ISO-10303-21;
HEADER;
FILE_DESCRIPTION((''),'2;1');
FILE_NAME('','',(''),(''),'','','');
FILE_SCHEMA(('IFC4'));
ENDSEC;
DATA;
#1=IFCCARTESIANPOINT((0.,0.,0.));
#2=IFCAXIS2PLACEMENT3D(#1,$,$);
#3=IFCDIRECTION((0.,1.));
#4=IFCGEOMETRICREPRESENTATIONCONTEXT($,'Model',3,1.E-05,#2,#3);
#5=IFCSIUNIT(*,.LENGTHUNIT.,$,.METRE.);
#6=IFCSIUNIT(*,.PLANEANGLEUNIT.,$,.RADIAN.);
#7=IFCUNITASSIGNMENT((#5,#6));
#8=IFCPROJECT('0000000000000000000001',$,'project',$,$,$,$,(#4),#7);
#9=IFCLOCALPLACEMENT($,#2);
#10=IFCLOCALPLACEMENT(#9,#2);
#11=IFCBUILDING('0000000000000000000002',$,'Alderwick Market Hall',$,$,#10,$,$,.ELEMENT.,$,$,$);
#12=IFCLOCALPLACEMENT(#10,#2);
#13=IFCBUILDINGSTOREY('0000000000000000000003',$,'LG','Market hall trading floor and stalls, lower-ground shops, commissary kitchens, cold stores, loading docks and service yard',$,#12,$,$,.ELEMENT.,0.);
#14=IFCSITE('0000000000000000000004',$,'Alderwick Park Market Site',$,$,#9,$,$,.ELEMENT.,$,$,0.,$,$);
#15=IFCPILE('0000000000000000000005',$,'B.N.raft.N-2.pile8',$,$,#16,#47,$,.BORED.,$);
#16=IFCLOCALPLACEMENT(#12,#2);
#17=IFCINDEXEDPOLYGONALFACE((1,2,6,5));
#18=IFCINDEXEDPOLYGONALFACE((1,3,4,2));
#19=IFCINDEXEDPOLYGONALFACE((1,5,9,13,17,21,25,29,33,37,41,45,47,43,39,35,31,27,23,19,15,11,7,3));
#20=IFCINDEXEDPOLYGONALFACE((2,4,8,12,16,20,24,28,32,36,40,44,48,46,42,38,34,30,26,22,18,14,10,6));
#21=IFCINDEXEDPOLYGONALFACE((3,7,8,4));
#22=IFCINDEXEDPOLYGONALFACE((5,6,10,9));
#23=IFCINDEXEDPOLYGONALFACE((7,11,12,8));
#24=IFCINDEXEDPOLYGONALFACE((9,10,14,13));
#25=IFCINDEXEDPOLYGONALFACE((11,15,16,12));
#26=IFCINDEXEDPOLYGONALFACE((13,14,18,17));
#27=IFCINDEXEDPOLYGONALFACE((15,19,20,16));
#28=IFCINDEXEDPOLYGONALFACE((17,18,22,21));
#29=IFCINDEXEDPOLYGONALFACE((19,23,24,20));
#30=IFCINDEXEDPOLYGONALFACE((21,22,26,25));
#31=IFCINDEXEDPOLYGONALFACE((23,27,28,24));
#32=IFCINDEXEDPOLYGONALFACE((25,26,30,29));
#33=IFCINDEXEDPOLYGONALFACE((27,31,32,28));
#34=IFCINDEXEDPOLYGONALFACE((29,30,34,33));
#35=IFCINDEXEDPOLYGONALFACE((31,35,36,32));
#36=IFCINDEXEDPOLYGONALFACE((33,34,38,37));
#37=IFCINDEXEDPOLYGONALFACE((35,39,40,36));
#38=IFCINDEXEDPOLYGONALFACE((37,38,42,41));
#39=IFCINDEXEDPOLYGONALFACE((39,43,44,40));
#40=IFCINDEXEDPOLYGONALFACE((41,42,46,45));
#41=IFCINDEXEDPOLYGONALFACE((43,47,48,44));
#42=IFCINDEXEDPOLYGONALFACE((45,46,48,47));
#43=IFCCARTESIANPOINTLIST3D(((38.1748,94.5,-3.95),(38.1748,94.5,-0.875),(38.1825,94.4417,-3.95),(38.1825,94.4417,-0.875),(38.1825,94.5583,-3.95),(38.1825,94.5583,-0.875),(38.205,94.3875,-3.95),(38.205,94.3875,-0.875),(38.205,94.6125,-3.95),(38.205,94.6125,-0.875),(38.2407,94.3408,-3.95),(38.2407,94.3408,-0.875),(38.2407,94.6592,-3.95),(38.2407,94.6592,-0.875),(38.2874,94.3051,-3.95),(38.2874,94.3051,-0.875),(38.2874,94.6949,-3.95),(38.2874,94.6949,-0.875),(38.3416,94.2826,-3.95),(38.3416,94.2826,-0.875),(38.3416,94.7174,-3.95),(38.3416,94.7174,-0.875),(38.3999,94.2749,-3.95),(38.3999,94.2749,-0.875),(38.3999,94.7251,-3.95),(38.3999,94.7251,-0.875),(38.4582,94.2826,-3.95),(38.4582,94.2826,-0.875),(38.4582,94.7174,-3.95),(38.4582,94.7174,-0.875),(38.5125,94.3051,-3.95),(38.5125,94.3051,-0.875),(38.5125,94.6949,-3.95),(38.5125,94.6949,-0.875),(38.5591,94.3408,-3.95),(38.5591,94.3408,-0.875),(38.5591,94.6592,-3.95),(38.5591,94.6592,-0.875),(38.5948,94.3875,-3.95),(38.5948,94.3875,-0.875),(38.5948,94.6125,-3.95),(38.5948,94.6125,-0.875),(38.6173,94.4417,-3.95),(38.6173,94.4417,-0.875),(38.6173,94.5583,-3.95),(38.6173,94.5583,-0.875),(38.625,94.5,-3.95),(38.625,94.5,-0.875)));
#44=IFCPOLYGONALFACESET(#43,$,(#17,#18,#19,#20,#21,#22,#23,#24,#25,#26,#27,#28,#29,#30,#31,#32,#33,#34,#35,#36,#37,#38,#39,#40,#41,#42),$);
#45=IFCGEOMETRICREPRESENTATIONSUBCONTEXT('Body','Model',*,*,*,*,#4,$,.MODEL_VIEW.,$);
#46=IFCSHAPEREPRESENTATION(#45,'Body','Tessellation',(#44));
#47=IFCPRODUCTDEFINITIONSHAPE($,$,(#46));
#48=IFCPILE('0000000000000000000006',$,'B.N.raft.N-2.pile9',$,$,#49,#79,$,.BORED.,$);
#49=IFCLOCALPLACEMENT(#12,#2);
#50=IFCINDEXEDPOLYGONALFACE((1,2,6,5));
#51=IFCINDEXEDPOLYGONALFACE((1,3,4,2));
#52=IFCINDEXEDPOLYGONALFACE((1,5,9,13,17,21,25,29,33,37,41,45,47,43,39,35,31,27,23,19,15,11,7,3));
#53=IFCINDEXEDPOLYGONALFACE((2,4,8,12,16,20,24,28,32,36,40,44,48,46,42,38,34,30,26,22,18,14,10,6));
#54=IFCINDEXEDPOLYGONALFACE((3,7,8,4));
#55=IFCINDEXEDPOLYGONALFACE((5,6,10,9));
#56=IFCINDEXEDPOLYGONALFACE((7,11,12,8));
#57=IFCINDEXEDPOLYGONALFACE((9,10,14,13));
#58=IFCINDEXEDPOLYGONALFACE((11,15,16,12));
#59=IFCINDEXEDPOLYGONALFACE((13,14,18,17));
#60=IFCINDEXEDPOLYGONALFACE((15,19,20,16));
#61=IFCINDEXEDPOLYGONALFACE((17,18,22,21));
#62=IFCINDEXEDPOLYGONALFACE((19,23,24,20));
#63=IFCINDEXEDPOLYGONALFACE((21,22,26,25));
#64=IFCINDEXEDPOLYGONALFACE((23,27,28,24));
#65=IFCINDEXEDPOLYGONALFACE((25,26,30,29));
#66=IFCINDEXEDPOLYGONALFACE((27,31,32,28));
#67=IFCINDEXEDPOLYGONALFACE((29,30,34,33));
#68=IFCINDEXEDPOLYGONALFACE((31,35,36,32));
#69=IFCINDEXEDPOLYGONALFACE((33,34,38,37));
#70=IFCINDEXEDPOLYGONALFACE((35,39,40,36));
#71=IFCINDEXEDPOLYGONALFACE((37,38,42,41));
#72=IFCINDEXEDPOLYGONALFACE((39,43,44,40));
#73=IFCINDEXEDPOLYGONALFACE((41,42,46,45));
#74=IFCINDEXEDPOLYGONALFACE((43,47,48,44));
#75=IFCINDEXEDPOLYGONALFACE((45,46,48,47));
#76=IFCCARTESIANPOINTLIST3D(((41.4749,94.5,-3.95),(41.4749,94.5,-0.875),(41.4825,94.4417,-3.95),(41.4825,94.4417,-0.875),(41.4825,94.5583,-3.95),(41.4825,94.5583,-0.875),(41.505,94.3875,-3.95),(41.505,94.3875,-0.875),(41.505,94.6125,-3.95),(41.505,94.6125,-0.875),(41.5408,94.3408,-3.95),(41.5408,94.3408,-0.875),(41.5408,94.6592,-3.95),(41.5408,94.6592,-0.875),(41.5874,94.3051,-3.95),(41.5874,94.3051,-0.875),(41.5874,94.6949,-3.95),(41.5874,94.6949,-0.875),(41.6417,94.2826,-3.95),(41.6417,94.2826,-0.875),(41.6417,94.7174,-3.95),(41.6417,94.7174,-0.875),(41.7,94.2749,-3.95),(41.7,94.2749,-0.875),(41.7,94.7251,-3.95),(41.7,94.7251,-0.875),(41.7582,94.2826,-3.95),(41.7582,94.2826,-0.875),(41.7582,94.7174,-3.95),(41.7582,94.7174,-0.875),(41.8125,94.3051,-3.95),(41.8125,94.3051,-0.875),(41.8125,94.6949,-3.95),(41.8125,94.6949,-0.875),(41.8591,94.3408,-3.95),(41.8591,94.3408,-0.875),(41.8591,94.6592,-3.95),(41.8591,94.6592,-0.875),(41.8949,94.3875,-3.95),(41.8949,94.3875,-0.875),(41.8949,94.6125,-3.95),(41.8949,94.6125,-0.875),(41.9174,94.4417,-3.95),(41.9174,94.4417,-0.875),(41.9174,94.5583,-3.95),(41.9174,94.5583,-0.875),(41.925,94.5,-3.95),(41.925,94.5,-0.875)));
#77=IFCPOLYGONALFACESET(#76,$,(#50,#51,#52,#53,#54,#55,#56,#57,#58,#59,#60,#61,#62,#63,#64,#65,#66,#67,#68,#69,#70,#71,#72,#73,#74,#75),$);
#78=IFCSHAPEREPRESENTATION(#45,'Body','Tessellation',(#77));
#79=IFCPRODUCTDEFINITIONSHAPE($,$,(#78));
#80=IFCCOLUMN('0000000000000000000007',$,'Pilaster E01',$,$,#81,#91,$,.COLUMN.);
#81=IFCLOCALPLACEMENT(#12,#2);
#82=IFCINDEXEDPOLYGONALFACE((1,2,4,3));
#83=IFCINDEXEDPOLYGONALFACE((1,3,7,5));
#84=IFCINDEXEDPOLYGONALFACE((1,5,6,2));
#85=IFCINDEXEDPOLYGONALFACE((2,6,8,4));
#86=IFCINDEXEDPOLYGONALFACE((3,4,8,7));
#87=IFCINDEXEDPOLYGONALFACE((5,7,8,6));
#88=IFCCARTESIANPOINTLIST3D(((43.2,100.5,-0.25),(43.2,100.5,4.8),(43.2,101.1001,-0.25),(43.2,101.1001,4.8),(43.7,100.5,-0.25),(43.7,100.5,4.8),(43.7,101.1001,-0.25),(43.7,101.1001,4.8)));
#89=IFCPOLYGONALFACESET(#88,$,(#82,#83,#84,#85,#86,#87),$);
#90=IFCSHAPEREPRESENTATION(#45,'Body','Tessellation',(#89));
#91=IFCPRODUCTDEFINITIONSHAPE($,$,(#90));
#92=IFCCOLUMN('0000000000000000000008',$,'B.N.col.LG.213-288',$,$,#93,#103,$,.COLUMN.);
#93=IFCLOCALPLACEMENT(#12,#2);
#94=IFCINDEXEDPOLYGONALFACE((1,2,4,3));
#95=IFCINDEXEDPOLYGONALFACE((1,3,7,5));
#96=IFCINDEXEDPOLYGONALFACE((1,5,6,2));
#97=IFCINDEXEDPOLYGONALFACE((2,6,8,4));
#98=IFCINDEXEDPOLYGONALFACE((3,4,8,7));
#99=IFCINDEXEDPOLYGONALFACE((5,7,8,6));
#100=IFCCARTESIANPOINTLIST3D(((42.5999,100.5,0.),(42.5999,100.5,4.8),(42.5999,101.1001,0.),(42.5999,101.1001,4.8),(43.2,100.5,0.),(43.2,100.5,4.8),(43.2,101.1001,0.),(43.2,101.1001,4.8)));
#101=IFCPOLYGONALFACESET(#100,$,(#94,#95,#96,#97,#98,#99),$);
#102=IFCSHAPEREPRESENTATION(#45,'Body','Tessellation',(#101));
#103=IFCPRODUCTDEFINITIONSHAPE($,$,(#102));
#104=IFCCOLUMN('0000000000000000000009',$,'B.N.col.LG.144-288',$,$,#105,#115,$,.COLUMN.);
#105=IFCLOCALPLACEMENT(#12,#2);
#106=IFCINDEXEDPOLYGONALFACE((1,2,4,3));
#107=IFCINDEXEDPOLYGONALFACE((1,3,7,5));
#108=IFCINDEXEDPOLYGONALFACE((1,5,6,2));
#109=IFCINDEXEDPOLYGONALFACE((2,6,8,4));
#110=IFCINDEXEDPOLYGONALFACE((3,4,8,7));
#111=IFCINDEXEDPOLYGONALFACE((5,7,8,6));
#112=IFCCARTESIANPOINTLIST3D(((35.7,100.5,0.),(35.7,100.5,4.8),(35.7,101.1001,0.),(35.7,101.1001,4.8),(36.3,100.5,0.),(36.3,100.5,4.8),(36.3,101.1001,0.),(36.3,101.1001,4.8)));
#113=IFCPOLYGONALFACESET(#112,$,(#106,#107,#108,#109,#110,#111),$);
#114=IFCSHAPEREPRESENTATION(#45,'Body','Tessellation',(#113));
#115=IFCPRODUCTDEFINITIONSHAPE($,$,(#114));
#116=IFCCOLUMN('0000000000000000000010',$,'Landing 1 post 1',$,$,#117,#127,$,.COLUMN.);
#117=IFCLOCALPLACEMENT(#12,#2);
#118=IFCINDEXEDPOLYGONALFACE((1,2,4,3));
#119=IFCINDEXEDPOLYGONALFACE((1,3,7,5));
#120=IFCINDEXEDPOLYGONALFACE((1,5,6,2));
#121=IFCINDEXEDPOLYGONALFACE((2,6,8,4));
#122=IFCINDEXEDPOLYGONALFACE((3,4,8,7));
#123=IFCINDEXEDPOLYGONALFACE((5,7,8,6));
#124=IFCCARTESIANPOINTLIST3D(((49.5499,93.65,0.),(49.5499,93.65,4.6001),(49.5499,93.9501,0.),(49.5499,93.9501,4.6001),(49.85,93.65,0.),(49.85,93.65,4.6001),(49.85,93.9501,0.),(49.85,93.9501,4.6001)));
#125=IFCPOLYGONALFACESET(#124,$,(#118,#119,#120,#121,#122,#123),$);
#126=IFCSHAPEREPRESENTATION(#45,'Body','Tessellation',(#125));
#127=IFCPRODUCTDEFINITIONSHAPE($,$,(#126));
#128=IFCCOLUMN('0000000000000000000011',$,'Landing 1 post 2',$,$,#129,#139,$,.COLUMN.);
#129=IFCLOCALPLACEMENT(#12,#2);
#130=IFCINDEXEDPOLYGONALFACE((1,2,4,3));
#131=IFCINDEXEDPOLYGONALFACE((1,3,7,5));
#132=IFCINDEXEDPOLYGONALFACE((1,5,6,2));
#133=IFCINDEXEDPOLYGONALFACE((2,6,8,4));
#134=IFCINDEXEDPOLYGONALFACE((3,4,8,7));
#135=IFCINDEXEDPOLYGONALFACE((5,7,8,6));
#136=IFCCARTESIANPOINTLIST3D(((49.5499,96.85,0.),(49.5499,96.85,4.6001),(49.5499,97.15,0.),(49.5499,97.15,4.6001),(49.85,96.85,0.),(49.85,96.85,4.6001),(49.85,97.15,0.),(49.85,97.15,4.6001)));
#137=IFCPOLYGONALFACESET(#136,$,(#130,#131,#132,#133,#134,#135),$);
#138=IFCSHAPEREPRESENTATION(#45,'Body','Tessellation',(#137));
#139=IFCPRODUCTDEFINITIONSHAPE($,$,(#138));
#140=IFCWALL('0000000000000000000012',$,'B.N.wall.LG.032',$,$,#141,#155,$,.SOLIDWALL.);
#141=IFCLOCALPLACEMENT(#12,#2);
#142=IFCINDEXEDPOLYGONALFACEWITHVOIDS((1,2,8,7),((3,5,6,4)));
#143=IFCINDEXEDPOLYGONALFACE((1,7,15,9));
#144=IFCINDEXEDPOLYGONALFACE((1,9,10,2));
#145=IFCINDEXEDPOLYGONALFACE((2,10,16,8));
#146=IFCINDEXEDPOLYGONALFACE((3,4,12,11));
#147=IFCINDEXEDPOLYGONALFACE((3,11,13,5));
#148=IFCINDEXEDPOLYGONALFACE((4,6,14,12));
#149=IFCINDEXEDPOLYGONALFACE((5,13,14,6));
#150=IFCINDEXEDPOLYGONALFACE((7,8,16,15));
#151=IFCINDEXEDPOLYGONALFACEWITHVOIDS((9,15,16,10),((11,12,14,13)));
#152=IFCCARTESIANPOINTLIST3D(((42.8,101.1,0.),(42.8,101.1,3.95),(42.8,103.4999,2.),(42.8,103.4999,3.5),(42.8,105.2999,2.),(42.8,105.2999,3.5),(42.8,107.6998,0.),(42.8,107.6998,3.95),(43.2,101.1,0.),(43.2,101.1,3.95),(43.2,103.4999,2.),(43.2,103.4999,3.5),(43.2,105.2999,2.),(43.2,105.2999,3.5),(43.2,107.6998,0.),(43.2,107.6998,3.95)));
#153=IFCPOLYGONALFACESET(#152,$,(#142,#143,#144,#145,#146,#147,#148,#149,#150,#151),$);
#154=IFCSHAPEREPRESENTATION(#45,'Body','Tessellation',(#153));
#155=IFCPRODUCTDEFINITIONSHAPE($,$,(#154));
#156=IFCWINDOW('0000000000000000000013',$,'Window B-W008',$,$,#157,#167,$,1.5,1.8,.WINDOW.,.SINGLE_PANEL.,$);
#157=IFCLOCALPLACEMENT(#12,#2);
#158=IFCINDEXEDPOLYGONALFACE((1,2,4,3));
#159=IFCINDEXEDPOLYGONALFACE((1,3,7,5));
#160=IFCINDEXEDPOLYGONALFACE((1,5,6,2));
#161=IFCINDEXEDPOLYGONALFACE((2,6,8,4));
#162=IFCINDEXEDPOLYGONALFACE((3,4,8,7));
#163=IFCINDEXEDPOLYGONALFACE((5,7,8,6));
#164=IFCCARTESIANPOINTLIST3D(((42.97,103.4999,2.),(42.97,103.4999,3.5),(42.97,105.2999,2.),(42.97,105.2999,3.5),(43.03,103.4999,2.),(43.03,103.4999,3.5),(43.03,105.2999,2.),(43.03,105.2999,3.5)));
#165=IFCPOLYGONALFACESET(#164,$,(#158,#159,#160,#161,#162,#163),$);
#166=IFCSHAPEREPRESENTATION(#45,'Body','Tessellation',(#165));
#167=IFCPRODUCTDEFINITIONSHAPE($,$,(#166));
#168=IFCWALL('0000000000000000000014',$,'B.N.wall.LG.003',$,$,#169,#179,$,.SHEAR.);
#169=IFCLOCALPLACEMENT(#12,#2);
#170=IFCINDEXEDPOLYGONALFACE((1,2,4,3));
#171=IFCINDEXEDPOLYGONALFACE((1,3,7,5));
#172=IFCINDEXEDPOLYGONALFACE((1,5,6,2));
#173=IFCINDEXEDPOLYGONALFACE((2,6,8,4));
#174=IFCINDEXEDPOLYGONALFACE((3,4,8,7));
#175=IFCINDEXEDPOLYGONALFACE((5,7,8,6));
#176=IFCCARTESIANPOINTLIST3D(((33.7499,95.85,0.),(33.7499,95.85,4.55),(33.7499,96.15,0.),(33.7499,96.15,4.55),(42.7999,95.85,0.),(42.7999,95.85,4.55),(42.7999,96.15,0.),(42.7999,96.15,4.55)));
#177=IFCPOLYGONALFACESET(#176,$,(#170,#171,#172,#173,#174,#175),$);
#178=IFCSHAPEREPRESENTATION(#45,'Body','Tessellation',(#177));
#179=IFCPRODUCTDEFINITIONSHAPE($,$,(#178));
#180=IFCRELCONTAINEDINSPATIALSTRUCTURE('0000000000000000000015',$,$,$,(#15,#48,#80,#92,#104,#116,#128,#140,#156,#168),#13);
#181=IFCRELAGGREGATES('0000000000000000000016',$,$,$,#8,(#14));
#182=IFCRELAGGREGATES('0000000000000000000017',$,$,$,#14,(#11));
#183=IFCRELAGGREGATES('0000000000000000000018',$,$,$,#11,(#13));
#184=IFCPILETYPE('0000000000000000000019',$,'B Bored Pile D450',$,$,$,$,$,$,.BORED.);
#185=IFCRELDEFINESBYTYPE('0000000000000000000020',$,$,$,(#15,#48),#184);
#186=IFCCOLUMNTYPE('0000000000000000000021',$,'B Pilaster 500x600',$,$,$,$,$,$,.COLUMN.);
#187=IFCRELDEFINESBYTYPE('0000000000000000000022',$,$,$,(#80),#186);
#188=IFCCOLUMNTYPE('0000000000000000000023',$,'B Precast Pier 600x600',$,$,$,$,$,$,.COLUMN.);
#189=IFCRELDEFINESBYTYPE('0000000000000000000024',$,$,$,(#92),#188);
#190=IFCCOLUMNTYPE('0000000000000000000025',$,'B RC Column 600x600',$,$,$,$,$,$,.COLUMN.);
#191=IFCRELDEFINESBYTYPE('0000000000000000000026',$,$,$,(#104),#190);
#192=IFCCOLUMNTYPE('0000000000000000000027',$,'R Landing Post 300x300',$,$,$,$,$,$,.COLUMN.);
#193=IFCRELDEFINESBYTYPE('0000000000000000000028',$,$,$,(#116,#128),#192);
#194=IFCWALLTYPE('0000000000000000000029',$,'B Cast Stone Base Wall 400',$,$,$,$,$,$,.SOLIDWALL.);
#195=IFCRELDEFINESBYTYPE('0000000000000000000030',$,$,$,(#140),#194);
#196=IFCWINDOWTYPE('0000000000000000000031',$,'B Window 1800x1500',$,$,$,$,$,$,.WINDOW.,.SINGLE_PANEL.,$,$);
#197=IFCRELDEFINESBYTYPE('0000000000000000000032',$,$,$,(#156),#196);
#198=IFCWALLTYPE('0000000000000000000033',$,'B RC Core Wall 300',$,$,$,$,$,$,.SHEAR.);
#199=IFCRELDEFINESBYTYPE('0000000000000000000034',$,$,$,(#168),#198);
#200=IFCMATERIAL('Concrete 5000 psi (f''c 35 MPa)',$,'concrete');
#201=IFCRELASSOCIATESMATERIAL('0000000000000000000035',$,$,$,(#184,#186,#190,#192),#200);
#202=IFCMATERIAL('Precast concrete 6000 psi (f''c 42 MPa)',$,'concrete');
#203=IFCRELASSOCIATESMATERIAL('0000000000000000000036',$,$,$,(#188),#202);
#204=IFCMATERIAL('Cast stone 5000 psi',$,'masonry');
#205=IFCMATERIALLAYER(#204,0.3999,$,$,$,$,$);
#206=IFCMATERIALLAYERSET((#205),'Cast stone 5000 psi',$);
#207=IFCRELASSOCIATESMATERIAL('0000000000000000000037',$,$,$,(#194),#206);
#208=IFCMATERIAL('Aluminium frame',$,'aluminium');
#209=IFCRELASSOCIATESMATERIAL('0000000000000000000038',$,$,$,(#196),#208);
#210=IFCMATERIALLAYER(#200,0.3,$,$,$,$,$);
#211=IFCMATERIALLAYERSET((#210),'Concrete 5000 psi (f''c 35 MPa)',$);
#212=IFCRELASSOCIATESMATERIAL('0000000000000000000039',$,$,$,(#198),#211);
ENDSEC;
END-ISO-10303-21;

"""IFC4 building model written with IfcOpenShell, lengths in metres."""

from ifc_helpers import new_model, si_unit, direction, frame, frame_2d, origin, origin_2d, place, context, subcontext, project, spatial, rectangle, circle, extrude, material, layer, layer_set, material_profile, profile_set, type_object, element, fill, save


model = new_model("IFC4")

# Units and contexts
model_context = context("Model", 3, precision=1e-05, world=origin(), true_north=direction((0.0, 1.0)))
body_context = subcontext(model_context, "Body", "Model", "MODEL_VIEW")
ifc_project = project(units=[si_unit("LENGTHUNIT", "METRE"), si_unit("PLANEANGLEUNIT", "RADIAN")], contexts=[model_context])

# Site, building, storey
site_placement = place(None, origin())
site = spatial("IfcSite", under=ifc_project, at=site_placement, Name="Alderwick Park Market Site", CompositionType="ELEMENT", RefElevation=0.0)
building_placement = place(site_placement, origin())
building = spatial("IfcBuilding", under=site, at=building_placement, Name="Alderwick Market Hall", CompositionType="ELEMENT")
storey_placement = place(building_placement, origin())
storey = spatial("IfcBuildingStorey", under=building, at=storey_placement, Name="LG", Description="Market hall trading floor and stalls, lower-ground shops, commissary kitchens, cold stores, loading docks and service yard", CompositionType="ELEMENT", Elevation=0.0)

# Piles
ifc_material_1 = material(Name="Concrete 5000 psi (f'c 35 MPa)", Category="concrete")
ifc_material_profile_1 = material_profile(ifc_material_1, circle(Radius=0.2251, at=origin_2d()), Name="B Bored Pile D450")
ifc_profile_set_1 = profile_set([ifc_material_profile_1], Name="Concrete 5000 psi (f'c 35 MPa)")
pile_type = type_object("IfcPileType", Name="B Bored Pile D450", PredefinedType="BORED", material=ifc_profile_set_1)
for number, where, z_axis, x_axis, name in (
    (1, (38.3999, 94.5, -0.875), (0.0, 0.0, -1.0), (1.0, 0.0, 0.0), "B.N.raft.N-2.pile8"),
    (2, (41.7, 94.5, -0.875), (0.0, 0.0, -1.0), (1.0, 0.0, 0.0), "B.N.raft.N-2.pile9"),
):
    element("IfcPile", number, at=place(storey_placement, frame(where, z_axis=z_axis, x_axis=x_axis)), inside=storey, type_object=pile_type, Name=name, PredefinedType="BORED", context=body_context, shape_type="SweptSolid", body=[
        extrude(circle(Radius=0.2251, at=origin_2d()), origin(), (0.0, 0.0, 1.0), 3.075),
    ])

# Columns
ifc_material_profile_2 = material_profile(ifc_material_1, rectangle(XDim=0.5, YDim=0.6001, at=origin_2d()), Name="B Pilaster 500x600")
ifc_profile_set_2 = profile_set([ifc_material_profile_2], Name="Concrete 5000 psi (f'c 35 MPa)")
column_type_1 = type_object("IfcColumnType", Name="B Pilaster 500x600", PredefinedType="COLUMN", material=ifc_profile_set_2)
column_1_placement = place(storey_placement, frame((43.45, 100.8, -0.25), z_axis=(0.0, 0.0, 1.0), x_axis=(1.0, 0.0, 0.0)))
element("IfcColumn", 3, at=column_1_placement, inside=storey, type_object=column_type_1, Name="Pilaster E01", PredefinedType="COLUMN", context=body_context, shape_type="SweptSolid", body=[
    extrude(rectangle(XDim=0.5, YDim=0.6001, at=origin_2d()), origin(), (0.0, 0.0, 1.0), 5.05),
])
ifc_material_2 = material(Name="Precast concrete 6000 psi (f'c 42 MPa)", Category="concrete")
ifc_material_profile_3 = material_profile(ifc_material_2, rectangle(XDim=0.6001, YDim=0.6001, at=origin_2d()), Name="B Precast Pier 600x600")
ifc_profile_set_3 = profile_set([ifc_material_profile_3], Name="Precast concrete 6000 psi (f'c 42 MPa)")
column_type_2 = type_object("IfcColumnType", Name="B Precast Pier 600x600", PredefinedType="COLUMN", material=ifc_profile_set_3)
column_2_placement = place(storey_placement, frame((42.8999, 100.8, 0.0), z_axis=(0.0, 0.0, 1.0), x_axis=(1.0, 0.0, 0.0)))
element("IfcColumn", 4, at=column_2_placement, inside=storey, type_object=column_type_2, Name="B.N.col.LG.213-288", PredefinedType="COLUMN", context=body_context, shape_type="SweptSolid", body=[
    extrude(rectangle(XDim=0.6001, YDim=0.6001, at=origin_2d()), origin(), (0.0, 0.0, 1.0), 4.8),
])
ifc_material_profile_4 = material_profile(ifc_material_1, rectangle(XDim=0.6001, YDim=0.6001, at=origin_2d()), Name="B RC Column 600x600")
ifc_profile_set_4 = profile_set([ifc_material_profile_4], Name="Concrete 5000 psi (f'c 35 MPa)")
column_type_3 = type_object("IfcColumnType", Name="B RC Column 600x600", PredefinedType="COLUMN", material=ifc_profile_set_4)
column_3_placement = place(storey_placement, frame((36.0, 100.8, 0.0), z_axis=(0.0, 0.0, 1.0), x_axis=(1.0, 0.0, 0.0)))
element("IfcColumn", 5, at=column_3_placement, inside=storey, type_object=column_type_3, Name="B.N.col.LG.144-288", PredefinedType="COLUMN", context=body_context, shape_type="SweptSolid", body=[
    extrude(rectangle(XDim=0.6001, YDim=0.6001, at=origin_2d()), origin(), (0.0, 0.0, 1.0), 4.8),
])
ifc_material_profile_5 = material_profile(ifc_material_1, rectangle(XDim=0.3, YDim=0.3, at=origin_2d()), Name="RC 300x300")
ifc_profile_set_5 = profile_set([ifc_material_profile_5], Name="Concrete 5000 psi (f'c 35 MPa)")
column_type_4 = type_object("IfcColumnType", Name="R Landing Post 300x300", PredefinedType="COLUMN", material=ifc_profile_set_5)
for number, where, z_axis, x_axis, name in (
    (6, (49.7, 93.8, 0.0), (0.0, 0.0, 1.0), (1.0, 0.0, 0.0), "Landing 1 post 1"),
    (7, (49.7, 97.0, 0.0), (0.0, 0.0, 1.0), (1.0, 0.0, 0.0), "Landing 1 post 2"),
):
    element("IfcColumn", number, at=place(storey_placement, frame(where, z_axis=z_axis, x_axis=x_axis)), inside=storey, type_object=column_type_4, Name=name, PredefinedType="COLUMN", context=body_context, shape_type="SweptSolid", body=[
        extrude(rectangle(XDim=0.3, YDim=0.3, at=origin_2d()), origin(), (0.0, 0.0, 1.0), 4.6001),
    ])

# Wall, opening, window
ifc_material_3 = material(Name="Cast stone 5000 psi", Category="masonry")
ifc_layer_1 = layer(ifc_material_3, 0.3999)
ifc_layer_set_1 = layer_set([ifc_layer_1], Name="Cast stone 5000 psi")
wall_type_1 = type_object("IfcWallType", Name="B Cast Stone Base Wall 400", PredefinedType="SOLIDWALL", material=ifc_layer_set_1)
wall_1_placement = place(storey_placement, frame((43.0, 101.1001, 0.0), z_axis=(0.0, 0.0, 1.0), x_axis=(0.0, 1.0, 0.0)))
wall_1 = element("IfcWall", 8, at=wall_1_placement, inside=storey, type_object=wall_type_1, Name="B.N.wall.LG.032", PredefinedType="SOLIDWALL", context=body_context, shape_type="SweptSolid", body=[
    extrude(rectangle(XDim=6.5999, YDim=0.3999, at=frame_2d((3.2998, 0.0))), origin(), (0.0, 0.0, 1.0), 3.95),
])
opening_placement = place(wall_1_placement, frame((2.3999, 0.0, 2.0)))
opening = element("IfcOpeningElement", 9, at=opening_placement, cuts=wall_1, PredefinedType="OPENING", context=body_context, shape_type="SweptSolid", body=[
    extrude(rectangle(XDim=1.8, YDim=1.5, at=frame_2d((0.8999, 0.75))), frame((0.0, 0.21, 0.0), z_axis=(0.0, -1.0, 0.0), x_axis=(1.0, 0.0, 0.0)), (0.0, 0.0, 1.0), 0.4199),
])
ifc_material_4 = material(Name="Aluminium frame", Category="aluminium")
window_type = type_object("IfcWindowType", Name="B Window 1800x1500", PartitioningType="SINGLE_PANEL", PredefinedType="WINDOW", material=ifc_material_4)
window_placement = place(opening_placement, origin())
window = element("IfcWindow", 10, at=window_placement, inside=storey, type_object=window_type, Name="Window B-W008", OverallHeight=1.5, OverallWidth=1.8, PartitioningType="SINGLE_PANEL", PredefinedType="WINDOW", context=body_context, shape_type="SweptSolid", body=[
    extrude(rectangle(XDim=1.8, YDim=1.5, at=frame_2d((0.8999, 0.75))), frame((0.0, 0.03, 0.0), z_axis=(0.0, -1.0, 0.0), x_axis=(1.0, 0.0, 0.0)), (0.0, 0.0, 1.0), 0.0601),
])
fill(opening, window)

# Wall
ifc_layer_2 = layer(ifc_material_1, 0.3)
ifc_layer_set_2 = layer_set([ifc_layer_2], Name="Concrete 5000 psi (f'c 35 MPa)")
wall_type_2 = type_object("IfcWallType", Name="B RC Core Wall 300", PredefinedType="SHEAR", material=ifc_layer_set_2)
wall_2_placement = place(storey_placement, frame((33.75, 96.0, 0.0), z_axis=(0.0, 0.0, 1.0), x_axis=(1.0, 0.0, 0.0)))
element("IfcWall", 11, at=wall_2_placement, inside=storey, type_object=wall_type_2, Name="B.N.wall.LG.003", PredefinedType="SHEAR", context=body_context, shape_type="SweptSolid", body=[
    extrude(rectangle(XDim=9.05, YDim=0.3, at=frame_2d((4.5249, 0.0))), origin(), (0.0, 0.0, 1.0), 4.55),
])

save(model, "model.ifc")
